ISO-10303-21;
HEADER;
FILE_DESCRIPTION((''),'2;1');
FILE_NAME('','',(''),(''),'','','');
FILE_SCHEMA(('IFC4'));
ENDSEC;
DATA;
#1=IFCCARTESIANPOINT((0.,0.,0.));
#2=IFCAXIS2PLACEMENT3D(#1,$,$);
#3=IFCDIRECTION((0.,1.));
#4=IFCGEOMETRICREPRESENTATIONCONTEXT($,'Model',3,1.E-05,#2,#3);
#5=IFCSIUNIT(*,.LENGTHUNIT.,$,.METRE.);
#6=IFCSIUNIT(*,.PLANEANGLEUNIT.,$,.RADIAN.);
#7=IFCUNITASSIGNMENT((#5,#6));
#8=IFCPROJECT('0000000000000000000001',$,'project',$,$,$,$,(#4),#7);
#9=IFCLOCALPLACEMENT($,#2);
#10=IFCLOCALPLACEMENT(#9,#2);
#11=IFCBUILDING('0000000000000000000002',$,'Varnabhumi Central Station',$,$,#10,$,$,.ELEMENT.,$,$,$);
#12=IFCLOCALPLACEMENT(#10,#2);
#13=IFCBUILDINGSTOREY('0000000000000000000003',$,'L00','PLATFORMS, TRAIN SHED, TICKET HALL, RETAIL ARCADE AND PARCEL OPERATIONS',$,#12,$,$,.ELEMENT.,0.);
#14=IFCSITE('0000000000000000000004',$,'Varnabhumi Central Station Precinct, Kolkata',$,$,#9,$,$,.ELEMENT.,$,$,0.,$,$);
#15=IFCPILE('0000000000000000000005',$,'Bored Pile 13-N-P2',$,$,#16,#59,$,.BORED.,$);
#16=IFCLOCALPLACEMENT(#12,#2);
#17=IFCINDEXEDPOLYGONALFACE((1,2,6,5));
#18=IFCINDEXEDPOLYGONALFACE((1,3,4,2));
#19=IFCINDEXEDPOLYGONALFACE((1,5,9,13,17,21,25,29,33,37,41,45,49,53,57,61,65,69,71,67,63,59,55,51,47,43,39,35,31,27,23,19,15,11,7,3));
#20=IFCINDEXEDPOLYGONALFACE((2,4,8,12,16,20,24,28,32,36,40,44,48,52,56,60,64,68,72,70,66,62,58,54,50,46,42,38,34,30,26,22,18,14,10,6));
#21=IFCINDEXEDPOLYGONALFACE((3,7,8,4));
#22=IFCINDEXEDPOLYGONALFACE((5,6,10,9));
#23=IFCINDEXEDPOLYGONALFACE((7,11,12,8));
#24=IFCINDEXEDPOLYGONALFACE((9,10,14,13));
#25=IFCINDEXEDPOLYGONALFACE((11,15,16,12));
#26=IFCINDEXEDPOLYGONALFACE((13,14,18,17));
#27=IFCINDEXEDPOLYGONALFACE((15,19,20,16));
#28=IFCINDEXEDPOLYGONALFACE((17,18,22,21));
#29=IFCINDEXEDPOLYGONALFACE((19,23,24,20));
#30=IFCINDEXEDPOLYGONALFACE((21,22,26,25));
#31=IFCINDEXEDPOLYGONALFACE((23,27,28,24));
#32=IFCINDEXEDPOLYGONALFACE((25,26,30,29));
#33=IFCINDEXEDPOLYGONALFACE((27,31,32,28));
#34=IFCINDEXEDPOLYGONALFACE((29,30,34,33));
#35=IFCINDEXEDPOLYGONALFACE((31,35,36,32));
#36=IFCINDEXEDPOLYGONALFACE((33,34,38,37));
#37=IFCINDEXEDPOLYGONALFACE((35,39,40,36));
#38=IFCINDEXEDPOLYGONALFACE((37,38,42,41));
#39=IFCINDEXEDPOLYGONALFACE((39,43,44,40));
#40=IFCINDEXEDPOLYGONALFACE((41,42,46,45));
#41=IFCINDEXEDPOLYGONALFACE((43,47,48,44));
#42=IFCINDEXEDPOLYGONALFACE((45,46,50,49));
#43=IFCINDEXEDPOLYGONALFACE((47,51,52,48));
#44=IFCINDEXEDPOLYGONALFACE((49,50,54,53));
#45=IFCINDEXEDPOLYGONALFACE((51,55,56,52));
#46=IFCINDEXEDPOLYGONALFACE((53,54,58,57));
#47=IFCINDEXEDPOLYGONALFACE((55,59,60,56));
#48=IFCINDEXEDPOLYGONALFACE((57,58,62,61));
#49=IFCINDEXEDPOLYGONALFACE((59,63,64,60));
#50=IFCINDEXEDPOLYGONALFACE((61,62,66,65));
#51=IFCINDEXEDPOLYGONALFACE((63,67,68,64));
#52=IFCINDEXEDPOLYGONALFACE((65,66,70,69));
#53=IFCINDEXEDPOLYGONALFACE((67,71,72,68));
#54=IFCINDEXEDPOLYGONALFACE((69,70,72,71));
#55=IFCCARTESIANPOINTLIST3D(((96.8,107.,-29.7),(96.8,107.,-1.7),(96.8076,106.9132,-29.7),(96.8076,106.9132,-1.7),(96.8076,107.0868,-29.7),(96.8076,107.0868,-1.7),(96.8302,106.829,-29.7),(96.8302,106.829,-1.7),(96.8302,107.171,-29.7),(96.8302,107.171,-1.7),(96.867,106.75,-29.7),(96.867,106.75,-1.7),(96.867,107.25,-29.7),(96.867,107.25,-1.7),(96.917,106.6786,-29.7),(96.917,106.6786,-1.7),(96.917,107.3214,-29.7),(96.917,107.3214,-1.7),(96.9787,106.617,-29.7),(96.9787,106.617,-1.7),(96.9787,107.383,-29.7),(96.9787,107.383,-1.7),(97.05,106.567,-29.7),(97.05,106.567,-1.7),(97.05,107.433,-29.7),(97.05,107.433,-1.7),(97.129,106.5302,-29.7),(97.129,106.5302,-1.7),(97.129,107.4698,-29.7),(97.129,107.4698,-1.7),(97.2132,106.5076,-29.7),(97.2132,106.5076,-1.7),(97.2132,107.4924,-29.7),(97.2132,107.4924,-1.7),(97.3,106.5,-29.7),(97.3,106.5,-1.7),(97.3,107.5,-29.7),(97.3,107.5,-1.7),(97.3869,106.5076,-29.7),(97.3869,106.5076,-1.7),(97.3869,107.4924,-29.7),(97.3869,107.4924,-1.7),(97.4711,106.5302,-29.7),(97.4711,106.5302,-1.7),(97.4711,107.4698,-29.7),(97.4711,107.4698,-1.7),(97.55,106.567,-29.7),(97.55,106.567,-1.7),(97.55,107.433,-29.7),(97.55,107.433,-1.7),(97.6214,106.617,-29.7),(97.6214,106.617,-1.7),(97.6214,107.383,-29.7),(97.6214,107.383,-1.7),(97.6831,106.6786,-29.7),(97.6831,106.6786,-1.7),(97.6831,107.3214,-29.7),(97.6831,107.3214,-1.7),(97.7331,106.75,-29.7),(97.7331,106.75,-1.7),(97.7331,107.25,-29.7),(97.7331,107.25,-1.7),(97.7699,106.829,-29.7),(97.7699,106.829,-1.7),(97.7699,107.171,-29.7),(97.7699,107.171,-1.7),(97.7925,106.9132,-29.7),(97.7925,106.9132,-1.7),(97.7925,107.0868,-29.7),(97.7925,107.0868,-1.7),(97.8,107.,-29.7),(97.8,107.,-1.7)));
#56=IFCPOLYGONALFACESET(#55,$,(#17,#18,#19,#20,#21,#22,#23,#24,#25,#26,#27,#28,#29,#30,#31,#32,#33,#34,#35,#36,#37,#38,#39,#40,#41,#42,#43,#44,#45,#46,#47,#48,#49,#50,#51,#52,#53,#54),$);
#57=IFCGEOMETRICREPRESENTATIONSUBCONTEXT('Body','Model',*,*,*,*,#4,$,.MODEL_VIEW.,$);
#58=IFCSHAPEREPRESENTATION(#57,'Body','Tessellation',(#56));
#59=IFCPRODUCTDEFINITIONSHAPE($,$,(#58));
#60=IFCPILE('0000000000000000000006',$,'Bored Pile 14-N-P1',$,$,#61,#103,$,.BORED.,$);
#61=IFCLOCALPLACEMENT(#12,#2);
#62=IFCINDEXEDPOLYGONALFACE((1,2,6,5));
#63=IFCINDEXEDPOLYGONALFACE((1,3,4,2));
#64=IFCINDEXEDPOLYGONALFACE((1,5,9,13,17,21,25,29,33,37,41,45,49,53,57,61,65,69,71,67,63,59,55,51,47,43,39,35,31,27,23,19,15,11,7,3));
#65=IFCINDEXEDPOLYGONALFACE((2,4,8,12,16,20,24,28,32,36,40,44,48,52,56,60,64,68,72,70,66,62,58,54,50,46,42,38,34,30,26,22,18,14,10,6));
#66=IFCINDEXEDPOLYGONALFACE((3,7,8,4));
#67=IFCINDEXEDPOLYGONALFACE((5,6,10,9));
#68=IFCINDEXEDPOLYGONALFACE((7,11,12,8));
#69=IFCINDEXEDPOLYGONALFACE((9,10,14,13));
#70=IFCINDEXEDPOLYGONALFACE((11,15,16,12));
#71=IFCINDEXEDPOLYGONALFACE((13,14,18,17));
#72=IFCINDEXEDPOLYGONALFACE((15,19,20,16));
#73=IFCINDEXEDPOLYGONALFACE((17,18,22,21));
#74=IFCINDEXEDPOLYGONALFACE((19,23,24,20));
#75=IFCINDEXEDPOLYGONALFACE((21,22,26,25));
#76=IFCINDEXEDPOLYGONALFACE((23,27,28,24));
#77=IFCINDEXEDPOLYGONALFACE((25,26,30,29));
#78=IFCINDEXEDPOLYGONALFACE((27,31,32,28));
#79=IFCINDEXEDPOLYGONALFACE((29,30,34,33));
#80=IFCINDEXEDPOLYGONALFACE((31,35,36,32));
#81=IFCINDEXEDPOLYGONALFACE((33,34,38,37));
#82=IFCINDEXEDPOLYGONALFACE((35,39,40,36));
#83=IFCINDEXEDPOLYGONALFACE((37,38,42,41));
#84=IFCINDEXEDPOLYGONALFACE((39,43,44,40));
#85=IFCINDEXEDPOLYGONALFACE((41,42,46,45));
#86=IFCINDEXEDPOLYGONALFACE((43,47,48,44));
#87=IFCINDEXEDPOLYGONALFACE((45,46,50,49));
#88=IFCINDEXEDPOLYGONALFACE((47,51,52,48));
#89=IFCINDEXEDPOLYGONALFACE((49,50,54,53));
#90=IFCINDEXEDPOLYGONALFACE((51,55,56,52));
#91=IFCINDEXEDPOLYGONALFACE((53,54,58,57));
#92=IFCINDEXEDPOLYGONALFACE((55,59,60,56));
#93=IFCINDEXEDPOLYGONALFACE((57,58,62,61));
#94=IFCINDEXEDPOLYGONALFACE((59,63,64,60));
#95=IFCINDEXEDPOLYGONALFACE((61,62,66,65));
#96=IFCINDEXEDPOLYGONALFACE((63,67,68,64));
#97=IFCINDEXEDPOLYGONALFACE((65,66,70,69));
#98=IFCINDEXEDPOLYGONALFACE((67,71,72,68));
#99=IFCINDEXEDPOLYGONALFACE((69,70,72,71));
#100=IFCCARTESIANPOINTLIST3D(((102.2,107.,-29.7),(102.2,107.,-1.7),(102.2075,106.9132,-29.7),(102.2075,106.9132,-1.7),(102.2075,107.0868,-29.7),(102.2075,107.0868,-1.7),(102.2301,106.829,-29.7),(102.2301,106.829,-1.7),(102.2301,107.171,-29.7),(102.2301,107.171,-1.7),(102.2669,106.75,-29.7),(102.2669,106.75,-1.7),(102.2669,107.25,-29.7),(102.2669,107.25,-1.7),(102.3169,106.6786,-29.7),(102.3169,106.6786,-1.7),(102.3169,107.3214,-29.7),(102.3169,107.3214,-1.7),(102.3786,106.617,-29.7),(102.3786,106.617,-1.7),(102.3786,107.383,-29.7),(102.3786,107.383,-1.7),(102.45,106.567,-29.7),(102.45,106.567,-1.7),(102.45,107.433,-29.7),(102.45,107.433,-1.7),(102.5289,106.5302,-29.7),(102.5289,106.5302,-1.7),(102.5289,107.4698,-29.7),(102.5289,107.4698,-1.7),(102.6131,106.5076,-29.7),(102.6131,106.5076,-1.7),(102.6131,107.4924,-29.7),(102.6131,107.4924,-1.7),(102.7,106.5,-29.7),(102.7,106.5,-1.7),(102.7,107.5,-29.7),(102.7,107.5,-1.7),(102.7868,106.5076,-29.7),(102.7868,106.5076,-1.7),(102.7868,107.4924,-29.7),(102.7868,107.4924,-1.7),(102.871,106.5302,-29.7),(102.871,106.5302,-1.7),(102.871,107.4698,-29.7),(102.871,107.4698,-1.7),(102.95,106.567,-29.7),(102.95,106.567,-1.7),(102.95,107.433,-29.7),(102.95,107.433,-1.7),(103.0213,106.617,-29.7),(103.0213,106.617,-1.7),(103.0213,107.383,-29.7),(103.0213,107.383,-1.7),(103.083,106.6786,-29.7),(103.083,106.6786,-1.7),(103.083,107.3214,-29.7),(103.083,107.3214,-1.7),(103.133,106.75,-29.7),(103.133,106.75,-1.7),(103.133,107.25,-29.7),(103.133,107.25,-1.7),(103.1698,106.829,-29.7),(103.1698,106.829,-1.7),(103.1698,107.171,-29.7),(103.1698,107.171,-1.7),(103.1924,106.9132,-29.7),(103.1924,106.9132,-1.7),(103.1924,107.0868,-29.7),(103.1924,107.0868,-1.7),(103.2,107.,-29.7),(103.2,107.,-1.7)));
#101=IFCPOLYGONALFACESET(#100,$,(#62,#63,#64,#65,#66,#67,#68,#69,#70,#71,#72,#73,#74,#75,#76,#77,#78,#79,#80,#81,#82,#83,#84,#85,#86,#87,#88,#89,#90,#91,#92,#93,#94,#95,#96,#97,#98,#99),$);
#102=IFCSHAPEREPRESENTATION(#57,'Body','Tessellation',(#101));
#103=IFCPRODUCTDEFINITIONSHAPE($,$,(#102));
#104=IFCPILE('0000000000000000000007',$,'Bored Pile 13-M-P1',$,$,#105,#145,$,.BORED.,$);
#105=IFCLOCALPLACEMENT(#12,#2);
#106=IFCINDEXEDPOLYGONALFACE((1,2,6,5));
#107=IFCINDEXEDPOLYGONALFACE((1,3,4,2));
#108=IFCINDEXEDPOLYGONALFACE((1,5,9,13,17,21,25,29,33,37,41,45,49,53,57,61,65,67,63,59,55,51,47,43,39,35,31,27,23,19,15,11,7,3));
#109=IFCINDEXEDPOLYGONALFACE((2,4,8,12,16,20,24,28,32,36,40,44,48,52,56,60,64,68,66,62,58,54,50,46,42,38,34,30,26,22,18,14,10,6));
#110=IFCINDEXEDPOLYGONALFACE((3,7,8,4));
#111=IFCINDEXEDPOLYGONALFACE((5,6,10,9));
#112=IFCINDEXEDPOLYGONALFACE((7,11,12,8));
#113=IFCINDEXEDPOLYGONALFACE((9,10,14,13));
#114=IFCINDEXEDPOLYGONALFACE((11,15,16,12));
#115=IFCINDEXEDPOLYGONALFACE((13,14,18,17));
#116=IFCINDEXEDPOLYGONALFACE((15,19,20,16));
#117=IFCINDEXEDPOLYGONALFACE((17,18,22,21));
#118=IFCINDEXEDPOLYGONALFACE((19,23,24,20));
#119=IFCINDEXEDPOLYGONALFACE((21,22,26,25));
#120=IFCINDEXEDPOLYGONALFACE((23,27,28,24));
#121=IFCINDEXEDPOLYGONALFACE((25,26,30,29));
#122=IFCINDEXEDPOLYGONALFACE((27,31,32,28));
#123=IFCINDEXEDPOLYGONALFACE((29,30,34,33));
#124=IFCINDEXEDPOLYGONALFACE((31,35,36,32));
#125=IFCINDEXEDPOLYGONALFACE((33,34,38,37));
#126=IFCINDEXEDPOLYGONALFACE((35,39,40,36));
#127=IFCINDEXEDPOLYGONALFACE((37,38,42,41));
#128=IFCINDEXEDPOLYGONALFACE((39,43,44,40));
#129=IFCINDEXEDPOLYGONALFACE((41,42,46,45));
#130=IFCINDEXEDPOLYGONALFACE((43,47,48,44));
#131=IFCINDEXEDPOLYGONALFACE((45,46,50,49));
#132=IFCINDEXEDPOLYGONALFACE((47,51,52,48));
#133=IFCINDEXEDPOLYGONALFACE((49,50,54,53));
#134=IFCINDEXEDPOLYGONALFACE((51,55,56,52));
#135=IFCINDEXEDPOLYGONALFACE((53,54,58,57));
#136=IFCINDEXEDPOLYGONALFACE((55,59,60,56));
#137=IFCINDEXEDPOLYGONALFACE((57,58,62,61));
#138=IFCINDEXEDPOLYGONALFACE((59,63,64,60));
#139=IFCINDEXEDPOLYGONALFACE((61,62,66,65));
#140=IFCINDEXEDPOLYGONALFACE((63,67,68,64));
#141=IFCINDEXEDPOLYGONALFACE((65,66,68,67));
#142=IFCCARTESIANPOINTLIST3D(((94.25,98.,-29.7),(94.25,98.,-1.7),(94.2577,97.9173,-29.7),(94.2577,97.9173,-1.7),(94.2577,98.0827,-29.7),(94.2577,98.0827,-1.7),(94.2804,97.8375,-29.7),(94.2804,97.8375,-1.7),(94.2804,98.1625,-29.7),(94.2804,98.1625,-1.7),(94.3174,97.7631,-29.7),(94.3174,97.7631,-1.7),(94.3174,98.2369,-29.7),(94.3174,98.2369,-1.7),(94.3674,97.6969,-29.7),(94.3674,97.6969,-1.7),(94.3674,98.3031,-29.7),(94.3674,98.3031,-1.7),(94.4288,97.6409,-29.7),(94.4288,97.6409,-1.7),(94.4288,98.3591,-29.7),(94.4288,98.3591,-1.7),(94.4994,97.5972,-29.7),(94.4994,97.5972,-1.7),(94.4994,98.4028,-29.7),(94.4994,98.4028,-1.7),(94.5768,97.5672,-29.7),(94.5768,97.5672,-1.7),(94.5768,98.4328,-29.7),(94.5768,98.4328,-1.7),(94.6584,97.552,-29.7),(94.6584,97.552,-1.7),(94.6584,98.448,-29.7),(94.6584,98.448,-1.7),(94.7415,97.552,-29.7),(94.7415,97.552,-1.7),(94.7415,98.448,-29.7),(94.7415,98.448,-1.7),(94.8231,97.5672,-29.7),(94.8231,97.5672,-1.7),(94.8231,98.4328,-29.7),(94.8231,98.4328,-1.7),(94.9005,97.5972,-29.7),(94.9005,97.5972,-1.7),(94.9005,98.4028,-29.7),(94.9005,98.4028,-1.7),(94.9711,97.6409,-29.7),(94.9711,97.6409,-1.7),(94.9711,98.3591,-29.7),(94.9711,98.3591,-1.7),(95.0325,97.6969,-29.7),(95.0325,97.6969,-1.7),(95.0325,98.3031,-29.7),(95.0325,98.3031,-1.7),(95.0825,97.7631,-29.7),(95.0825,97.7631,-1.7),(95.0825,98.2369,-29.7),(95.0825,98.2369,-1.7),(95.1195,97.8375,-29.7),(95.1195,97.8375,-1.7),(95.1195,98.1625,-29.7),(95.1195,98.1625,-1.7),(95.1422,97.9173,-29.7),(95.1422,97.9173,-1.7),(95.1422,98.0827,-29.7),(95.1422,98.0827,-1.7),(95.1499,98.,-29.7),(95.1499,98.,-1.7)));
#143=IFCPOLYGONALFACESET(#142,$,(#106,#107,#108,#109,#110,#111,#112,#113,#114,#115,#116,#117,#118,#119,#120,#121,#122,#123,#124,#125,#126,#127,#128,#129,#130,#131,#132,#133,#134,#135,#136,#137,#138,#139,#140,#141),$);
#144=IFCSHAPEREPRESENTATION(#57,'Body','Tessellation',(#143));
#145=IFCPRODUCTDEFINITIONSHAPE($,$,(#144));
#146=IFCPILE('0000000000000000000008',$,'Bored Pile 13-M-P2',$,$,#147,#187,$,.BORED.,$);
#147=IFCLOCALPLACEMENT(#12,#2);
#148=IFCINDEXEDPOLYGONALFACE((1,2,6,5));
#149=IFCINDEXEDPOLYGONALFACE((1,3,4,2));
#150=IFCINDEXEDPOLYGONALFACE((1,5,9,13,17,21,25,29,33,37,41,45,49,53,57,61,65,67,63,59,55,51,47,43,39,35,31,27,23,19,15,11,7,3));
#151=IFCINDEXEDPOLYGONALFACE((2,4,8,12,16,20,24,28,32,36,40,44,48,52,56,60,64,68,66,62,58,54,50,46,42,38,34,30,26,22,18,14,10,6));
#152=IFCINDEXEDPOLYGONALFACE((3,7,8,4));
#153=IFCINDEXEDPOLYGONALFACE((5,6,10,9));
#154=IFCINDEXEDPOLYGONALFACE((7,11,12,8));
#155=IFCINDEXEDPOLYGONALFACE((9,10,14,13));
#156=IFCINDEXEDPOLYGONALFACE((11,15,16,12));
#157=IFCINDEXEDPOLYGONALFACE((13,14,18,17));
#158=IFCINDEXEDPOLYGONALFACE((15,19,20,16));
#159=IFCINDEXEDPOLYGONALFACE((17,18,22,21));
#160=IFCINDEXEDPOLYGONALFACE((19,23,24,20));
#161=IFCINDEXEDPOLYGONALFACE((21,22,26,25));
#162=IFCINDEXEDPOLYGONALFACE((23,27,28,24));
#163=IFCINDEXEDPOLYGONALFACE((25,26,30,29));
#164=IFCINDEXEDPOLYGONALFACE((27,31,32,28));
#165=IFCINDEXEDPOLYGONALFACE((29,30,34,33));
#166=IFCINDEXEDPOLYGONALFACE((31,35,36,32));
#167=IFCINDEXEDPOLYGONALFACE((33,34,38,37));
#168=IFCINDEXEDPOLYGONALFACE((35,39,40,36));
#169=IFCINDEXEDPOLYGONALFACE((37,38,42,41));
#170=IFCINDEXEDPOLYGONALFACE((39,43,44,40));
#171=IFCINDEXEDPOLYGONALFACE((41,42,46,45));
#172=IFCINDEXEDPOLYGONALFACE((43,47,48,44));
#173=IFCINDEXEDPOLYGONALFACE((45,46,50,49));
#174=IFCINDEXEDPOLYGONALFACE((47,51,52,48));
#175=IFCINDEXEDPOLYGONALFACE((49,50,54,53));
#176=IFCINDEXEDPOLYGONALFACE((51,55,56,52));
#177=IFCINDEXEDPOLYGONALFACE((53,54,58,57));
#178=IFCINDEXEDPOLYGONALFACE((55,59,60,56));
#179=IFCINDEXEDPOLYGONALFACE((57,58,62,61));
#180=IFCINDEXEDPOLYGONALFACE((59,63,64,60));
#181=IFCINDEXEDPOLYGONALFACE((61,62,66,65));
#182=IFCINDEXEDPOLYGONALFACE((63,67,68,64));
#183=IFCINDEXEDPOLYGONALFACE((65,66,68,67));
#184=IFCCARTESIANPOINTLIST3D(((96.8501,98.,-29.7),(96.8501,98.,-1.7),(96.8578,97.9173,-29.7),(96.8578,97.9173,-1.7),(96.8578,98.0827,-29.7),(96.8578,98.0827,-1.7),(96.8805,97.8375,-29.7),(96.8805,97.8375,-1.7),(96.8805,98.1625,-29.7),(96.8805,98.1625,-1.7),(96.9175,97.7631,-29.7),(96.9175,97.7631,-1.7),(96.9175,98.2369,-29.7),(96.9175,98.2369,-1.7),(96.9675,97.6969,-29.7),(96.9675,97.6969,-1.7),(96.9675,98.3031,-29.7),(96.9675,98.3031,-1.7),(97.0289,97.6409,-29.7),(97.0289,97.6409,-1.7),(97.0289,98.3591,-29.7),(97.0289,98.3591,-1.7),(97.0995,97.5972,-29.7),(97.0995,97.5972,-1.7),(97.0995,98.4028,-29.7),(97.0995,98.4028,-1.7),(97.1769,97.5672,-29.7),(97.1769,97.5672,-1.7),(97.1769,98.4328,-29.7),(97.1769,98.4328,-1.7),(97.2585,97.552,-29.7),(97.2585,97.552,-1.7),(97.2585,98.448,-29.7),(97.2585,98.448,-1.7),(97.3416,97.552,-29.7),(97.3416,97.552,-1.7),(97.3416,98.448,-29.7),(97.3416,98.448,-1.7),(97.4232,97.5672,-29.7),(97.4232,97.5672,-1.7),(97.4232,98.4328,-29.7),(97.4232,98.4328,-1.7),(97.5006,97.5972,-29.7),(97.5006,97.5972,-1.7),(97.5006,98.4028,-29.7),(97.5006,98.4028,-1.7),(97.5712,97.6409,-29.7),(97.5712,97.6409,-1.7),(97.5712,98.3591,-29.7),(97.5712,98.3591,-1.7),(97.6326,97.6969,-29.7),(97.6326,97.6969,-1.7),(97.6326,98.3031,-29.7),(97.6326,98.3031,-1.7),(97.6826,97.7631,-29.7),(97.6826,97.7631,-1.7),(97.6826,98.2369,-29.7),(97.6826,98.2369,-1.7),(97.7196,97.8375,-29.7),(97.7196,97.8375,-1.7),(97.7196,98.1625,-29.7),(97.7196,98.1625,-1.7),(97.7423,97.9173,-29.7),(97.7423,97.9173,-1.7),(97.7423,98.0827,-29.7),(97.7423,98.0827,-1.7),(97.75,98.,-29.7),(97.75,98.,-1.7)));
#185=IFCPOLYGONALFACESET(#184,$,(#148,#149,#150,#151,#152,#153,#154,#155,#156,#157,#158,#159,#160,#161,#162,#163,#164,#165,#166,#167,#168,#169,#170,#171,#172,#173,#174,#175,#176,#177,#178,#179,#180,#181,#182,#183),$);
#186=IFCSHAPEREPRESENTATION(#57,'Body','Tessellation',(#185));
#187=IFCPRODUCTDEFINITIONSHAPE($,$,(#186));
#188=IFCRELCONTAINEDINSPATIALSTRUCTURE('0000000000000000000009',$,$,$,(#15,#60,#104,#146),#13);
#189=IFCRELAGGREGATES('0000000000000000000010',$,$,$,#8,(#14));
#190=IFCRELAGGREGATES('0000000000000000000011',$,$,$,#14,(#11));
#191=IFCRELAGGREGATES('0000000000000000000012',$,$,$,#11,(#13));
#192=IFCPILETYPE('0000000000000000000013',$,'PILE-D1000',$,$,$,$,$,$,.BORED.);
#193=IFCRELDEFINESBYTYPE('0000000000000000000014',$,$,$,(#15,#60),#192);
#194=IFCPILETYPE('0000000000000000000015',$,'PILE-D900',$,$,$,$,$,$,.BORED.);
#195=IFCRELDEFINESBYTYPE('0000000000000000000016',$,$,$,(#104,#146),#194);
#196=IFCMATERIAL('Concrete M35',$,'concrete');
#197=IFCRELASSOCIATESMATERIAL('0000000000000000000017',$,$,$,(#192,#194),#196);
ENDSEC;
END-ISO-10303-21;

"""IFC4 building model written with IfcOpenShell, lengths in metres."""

from ifc_helpers import new_model, si_unit, direction, frame, origin, origin_2d, place, context, subcontext, project, spatial, circle, extrude, material, material_profile, profile_set, type_object, element, save


model = new_model("IFC4")

# Units and contexts
model_context = context("Model", 3, precision=1e-05, world=origin(), true_north=direction((0.0, 1.0)))
body_context = subcontext(model_context, "Body", "Model", "MODEL_VIEW")
ifc_project = project(units=[si_unit("LENGTHUNIT", "METRE"), si_unit("PLANEANGLEUNIT", "RADIAN")], contexts=[model_context])

# Site, building, storey
site_placement = place(None, origin())
site = spatial("IfcSite", under=ifc_project, at=site_placement, Name="Varnabhumi Central Station Precinct, Kolkata", CompositionType="ELEMENT", RefElevation=0.0)
building_placement = place(site_placement, origin())
building = spatial("IfcBuilding", under=site, at=building_placement, Name="Varnabhumi Central Station", CompositionType="ELEMENT")
storey_placement = place(building_placement, origin())
storey = spatial("IfcBuildingStorey", under=building, at=storey_placement, Name="L00", Description="PLATFORMS, TRAIN SHED, TICKET HALL, RETAIL ARCADE AND PARCEL OPERATIONS", CompositionType="ELEMENT", Elevation=0.0)

# Piles
ifc_material_1 = material(Name="Concrete M35", Category="concrete")
ifc_material_profile_1 = material_profile(ifc_material_1, circle(Radius=0.5, at=origin_2d()), Name="Concrete M35", Category="concrete")
ifc_profile_set_1 = profile_set([ifc_material_profile_1], Name="Concrete M35")
pile_type_1 = type_object("IfcPileType", Name="PILE-D1000", PredefinedType="BORED", material=ifc_profile_set_1)
for number, where, z_axis, x_axis, name in (
    (1, (97.3, 107.0, -1.7), (0.0, 0.0, -1.0), (1.0, 0.0, 0.0), "Bored Pile 13-N-P2"),
    (2, (102.7, 107.0, -1.7), (0.0, 0.0, -1.0), (1.0, 0.0, 0.0), "Bored Pile 14-N-P1"),
):
    element("IfcPile", number, at=place(storey_placement, frame(where, z_axis=z_axis, x_axis=x_axis)), inside=storey, type_object=pile_type_1, Name=name, PredefinedType="BORED", context=body_context, shape_type="SweptSolid", body=[
        extrude(circle(Radius=0.5, at=origin_2d()), origin(), (0.0, 0.0, 1.0), 28.0),
    ])
ifc_material_profile_2 = material_profile(ifc_material_1, circle(Radius=0.45, at=origin_2d()), Name="Concrete M35", Category="concrete")
ifc_profile_set_2 = profile_set([ifc_material_profile_2], Name="Concrete M35")
pile_type_2 = type_object("IfcPileType", Name="PILE-D900", PredefinedType="BORED", material=ifc_profile_set_2)
for number, where, z_axis, x_axis, name in (
    (3, (94.7, 98.0, -1.7), (0.0, 0.0, -1.0), (1.0, 0.0, 0.0), "Bored Pile 13-M-P1"),
    (4, (97.3, 98.0, -1.7), (0.0, 0.0, -1.0), (1.0, 0.0, 0.0), "Bored Pile 13-M-P2"),
):
    element("IfcPile", number, at=place(storey_placement, frame(where, z_axis=z_axis, x_axis=x_axis)), inside=storey, type_object=pile_type_2, Name=name, PredefinedType="BORED", context=body_context, shape_type="SweptSolid", body=[
        extrude(circle(Radius=0.45, at=origin_2d()), origin(), (0.0, 0.0, 1.0), 28.0),
    ])

save(model, "model.ifc")
